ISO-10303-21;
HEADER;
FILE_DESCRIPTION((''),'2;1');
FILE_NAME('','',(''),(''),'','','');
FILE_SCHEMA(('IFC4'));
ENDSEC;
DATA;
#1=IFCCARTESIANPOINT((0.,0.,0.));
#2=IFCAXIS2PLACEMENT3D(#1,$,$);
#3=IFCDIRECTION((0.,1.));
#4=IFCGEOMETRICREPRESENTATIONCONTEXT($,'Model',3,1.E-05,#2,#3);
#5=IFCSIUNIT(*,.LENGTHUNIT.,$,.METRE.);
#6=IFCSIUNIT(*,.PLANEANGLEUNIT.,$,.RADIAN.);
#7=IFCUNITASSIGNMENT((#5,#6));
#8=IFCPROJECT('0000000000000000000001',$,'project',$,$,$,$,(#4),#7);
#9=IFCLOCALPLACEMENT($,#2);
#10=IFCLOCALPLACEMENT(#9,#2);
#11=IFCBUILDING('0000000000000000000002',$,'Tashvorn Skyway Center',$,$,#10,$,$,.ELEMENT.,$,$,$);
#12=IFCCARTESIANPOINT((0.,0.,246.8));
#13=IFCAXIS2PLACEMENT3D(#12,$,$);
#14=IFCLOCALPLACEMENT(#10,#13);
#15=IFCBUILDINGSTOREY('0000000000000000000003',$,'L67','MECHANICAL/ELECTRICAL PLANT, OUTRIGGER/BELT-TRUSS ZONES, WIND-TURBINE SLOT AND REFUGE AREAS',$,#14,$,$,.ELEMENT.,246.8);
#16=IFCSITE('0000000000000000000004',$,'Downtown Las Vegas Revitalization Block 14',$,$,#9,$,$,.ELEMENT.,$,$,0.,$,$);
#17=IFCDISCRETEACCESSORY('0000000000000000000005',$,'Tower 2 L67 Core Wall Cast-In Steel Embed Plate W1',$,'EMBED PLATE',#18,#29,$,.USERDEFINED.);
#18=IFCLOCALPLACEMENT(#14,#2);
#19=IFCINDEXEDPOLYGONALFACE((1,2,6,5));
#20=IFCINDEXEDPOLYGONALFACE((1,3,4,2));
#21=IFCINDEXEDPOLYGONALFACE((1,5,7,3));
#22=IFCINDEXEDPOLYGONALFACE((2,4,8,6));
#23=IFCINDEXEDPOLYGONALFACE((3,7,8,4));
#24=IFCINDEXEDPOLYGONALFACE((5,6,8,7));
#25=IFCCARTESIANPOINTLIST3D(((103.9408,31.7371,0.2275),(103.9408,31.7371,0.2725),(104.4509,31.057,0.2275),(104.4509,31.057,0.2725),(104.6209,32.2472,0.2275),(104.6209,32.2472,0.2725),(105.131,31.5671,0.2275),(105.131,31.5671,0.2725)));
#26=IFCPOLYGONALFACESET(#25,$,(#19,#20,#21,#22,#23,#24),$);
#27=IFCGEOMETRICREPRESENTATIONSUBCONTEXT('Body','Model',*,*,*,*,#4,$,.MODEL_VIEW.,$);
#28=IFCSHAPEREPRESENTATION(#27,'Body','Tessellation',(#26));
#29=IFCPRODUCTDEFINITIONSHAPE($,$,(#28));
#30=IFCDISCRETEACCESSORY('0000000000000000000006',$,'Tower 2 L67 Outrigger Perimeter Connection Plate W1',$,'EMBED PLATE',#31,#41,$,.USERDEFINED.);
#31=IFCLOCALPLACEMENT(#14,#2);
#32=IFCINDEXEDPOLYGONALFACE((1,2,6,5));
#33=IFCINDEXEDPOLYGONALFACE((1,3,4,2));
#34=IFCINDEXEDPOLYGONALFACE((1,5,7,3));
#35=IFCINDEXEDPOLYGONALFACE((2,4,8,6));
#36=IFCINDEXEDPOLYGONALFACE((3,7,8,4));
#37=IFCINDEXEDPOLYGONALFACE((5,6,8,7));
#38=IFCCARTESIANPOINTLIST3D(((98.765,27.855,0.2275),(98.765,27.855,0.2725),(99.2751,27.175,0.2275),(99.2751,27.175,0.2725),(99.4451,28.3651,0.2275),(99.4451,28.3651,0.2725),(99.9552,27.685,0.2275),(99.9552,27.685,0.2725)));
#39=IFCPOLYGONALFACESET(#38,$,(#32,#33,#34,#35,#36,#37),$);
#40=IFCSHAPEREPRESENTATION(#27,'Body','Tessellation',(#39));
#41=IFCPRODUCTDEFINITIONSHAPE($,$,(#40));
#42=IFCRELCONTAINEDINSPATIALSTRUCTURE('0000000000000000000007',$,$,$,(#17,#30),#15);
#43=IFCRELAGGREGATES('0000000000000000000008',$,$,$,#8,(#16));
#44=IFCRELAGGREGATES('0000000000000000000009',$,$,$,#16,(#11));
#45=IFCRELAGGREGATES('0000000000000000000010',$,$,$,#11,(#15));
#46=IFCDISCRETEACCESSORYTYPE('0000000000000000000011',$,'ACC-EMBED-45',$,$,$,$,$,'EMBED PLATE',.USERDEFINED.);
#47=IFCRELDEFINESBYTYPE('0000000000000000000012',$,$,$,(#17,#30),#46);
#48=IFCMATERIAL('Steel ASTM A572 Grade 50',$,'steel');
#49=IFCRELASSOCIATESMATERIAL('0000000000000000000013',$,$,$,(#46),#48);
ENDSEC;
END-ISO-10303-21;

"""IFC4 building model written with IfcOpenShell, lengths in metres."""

from ifc_helpers import new_model, si_unit, direction, frame, origin, origin_2d, place, context, subcontext, project, spatial, rectangle, extrude, material, type_object, element, save


model = new_model("IFC4")

# Units and contexts
model_context = context("Model", 3, precision=1e-05, world=origin(), true_north=direction((0.0, 1.0)))
body_context = subcontext(model_context, "Body", "Model", "MODEL_VIEW")
ifc_project = project(units=[si_unit("LENGTHUNIT", "METRE"), si_unit("PLANEANGLEUNIT", "RADIAN")], contexts=[model_context])

# Site, building, storey
site_placement = place(None, origin())
site = spatial("IfcSite", under=ifc_project, at=site_placement, Name="Downtown Las Vegas Revitalization Block 14", CompositionType="ELEMENT", RefElevation=0.0)
building_placement = place(site_placement, origin())
building = spatial("IfcBuilding", under=site, at=building_placement, Name="Tashvorn Skyway Center", CompositionType="ELEMENT")
storey_placement = place(building_placement, frame((0.0, 0.0, 246.8)))
storey = spatial("IfcBuildingStorey", under=building, at=storey_placement, Name="L67", Description="MECHANICAL/ELECTRICAL PLANT, OUTRIGGER/BELT-TRUSS ZONES, WIND-TURBINE SLOT AND REFUGE AREAS", CompositionType="ELEMENT", Elevation=246.8)

# Shared definitions
ifc_material_1 = material(Name="Steel ASTM A572 Grade 50", Category="steel")

# Discrete accessories
discrete_accessory_type = type_object("IfcDiscreteAccessoryType", Name="ACC-EMBED-45", ElementType="EMBED PLATE", PredefinedType="USERDEFINED", material=ifc_material_1)
for number, where, z_axis, x_axis, name in (
    (1, (104.5359, 31.6521, 0.2275), (0.0, 0.0, 1.0), (0.8, 0.6, 0.0), "Tower 2 L67 Core Wall Cast-In Steel Embed Plate W1"),
    (2, (99.3601, 27.77, 0.2275), (0.0, 0.0, 1.0), (0.8, 0.6, 0.0), "Tower 2 L67 Outrigger Perimeter Connection Plate W1"),
):
    element("IfcDiscreteAccessory", number, at=place(storey_placement, frame(where, z_axis=z_axis, x_axis=x_axis)), inside=storey, type_object=discrete_accessory_type, Name=name, ObjectType="EMBED PLATE", PredefinedType="USERDEFINED", context=body_context, shape_type="SweptSolid", body=[
        extrude(rectangle(XDim=0.8501, YDim=0.8501, at=origin_2d()), origin(), (0.0, 0.0, 1.0), 0.0449),
    ])

save(model, "model.ifc")
